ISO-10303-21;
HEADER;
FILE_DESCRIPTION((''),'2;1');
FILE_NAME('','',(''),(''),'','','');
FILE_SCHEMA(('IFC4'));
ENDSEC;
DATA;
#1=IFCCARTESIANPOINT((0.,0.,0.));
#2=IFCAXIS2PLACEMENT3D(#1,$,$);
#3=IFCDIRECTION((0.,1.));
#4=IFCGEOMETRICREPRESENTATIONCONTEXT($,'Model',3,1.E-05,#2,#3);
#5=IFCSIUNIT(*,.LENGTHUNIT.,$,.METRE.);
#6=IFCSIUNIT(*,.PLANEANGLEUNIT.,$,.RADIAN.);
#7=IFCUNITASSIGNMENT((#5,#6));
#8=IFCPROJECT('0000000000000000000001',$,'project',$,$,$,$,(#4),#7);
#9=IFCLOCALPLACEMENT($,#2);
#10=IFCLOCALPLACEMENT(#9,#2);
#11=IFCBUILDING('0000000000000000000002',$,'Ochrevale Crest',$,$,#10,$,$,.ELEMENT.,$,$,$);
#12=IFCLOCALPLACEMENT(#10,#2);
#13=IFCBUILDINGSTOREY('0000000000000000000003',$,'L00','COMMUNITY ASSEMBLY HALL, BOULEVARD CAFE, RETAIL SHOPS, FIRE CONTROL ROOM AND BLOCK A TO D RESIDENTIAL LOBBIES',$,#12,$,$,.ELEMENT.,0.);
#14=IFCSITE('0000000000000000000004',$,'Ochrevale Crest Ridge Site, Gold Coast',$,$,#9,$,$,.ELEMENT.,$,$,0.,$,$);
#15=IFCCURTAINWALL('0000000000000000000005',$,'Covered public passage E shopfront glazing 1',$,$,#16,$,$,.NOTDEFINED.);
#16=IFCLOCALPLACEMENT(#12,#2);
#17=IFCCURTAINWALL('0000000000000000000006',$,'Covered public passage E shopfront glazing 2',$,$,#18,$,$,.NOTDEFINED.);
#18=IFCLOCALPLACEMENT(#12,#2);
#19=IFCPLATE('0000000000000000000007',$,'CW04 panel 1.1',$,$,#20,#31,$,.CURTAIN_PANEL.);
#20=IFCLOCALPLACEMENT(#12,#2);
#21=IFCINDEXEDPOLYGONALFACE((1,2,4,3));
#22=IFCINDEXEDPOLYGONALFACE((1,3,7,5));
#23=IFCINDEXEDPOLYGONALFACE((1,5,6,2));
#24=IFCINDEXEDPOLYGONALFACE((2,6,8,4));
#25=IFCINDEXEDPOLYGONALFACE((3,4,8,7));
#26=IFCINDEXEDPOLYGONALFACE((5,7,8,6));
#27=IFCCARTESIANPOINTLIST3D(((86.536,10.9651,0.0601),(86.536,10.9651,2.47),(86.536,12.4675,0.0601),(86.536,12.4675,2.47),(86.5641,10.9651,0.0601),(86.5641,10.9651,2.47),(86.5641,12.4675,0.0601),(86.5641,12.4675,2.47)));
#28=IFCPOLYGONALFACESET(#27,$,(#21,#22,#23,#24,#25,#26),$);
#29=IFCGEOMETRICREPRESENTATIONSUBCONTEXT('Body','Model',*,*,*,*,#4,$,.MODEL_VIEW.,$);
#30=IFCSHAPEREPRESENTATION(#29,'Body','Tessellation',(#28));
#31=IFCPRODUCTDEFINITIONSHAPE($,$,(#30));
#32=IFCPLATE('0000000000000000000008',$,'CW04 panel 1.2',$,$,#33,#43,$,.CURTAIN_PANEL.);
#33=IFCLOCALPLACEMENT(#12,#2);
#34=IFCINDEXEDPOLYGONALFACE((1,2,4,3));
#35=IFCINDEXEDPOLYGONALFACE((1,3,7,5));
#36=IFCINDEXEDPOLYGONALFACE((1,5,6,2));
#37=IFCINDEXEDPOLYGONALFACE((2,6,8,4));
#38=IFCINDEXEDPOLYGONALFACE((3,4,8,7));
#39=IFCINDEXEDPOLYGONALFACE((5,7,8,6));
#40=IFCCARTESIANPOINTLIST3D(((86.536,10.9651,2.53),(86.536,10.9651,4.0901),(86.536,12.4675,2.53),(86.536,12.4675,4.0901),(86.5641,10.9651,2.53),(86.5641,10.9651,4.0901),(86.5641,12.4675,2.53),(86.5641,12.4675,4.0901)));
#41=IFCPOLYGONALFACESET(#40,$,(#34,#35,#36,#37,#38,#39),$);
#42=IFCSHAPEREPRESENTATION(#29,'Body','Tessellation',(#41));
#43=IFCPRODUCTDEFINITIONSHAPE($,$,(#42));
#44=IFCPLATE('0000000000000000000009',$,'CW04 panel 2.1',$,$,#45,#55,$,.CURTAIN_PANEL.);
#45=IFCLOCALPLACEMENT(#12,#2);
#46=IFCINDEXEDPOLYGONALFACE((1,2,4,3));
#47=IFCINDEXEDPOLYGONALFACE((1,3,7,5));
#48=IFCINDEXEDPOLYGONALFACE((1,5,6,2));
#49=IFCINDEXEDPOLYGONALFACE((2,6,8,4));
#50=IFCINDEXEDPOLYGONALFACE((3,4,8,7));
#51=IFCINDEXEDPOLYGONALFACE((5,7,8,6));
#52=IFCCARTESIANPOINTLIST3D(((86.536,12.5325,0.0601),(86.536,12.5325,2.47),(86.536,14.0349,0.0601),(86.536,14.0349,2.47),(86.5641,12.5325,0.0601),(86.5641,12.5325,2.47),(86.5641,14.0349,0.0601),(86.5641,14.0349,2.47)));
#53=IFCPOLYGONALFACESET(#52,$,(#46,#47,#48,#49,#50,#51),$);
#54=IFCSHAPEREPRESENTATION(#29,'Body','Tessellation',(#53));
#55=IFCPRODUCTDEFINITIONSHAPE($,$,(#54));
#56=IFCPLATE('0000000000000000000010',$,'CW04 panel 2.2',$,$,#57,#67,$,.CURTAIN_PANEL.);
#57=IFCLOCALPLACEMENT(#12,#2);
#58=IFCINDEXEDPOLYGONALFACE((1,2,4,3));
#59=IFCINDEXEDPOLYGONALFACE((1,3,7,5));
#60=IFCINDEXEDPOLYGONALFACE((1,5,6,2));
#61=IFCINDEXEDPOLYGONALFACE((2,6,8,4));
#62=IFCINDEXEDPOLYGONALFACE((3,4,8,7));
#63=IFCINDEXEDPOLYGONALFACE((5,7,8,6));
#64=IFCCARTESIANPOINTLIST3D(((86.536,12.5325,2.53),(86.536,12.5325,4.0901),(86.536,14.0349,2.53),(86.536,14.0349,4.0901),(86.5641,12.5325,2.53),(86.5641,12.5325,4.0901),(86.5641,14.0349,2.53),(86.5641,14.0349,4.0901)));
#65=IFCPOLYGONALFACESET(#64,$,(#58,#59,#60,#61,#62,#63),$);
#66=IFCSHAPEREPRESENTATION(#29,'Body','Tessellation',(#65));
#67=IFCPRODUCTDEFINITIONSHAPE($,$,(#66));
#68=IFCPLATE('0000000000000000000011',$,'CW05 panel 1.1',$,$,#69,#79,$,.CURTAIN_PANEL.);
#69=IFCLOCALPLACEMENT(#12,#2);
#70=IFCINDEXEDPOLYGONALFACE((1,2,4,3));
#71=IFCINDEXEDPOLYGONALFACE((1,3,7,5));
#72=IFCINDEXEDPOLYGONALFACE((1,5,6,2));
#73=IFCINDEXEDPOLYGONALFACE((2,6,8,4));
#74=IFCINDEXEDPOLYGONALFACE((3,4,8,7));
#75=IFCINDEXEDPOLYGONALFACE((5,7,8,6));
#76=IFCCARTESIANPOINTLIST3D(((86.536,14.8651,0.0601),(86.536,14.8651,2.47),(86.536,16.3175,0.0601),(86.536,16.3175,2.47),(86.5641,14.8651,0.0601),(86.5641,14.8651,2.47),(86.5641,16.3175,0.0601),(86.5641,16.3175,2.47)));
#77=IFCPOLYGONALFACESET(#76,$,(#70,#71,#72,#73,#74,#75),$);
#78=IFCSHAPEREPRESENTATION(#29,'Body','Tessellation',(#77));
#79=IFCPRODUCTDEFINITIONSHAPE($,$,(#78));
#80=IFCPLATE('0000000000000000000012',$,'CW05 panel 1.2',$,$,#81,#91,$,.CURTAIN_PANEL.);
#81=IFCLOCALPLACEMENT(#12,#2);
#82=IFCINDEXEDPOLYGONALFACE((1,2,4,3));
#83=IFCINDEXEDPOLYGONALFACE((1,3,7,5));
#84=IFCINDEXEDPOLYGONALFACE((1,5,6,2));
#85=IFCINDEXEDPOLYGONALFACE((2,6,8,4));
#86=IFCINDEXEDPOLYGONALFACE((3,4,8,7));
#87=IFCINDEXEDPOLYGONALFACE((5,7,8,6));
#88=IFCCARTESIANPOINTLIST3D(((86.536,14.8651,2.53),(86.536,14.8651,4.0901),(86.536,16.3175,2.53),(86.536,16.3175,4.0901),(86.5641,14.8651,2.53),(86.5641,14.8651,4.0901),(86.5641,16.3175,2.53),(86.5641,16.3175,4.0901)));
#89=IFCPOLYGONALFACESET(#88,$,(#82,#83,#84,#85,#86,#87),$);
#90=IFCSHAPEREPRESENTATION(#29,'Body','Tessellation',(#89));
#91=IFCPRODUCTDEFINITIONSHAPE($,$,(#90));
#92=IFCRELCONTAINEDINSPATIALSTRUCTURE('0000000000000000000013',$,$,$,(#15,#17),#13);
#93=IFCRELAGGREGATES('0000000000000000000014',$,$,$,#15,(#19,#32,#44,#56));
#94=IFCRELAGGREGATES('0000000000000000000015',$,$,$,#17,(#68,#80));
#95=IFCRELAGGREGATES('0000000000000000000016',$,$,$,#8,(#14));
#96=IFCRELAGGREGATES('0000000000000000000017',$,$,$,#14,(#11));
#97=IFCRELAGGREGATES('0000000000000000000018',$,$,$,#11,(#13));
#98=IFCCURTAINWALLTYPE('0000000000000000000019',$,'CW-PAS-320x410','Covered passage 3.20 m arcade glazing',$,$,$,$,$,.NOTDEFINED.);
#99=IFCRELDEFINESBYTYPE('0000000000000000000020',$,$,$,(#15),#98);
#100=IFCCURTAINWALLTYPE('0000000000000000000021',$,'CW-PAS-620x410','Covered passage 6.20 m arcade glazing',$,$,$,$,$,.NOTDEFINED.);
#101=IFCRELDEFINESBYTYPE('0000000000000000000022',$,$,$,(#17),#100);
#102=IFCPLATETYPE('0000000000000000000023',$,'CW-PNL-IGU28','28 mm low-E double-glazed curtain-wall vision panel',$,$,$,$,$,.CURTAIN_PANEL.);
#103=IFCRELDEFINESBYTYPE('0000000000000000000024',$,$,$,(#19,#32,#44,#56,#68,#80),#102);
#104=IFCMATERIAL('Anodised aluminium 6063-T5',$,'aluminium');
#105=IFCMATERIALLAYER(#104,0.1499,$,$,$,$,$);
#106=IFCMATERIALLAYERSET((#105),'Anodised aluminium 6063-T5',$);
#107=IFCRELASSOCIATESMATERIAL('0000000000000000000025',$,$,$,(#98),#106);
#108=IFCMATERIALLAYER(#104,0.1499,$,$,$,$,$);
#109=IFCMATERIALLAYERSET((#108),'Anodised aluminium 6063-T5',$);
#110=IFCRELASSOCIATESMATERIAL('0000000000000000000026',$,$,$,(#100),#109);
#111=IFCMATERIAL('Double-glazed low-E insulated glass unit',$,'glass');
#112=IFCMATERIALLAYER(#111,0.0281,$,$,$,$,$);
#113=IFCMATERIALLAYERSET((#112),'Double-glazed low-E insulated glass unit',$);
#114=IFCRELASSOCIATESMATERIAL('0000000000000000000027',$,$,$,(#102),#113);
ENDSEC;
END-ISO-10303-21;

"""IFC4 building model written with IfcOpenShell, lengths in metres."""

from ifc_helpers import new_model, si_unit, direction, frame, origin, origin_2d, place, context, subcontext, project, spatial, rectangle, extrude, material, layer, layer_set, type_object, element, aggregate, save


model = new_model("IFC4")

# Units and contexts
model_context = context("Model", 3, precision=1e-05, world=origin(), true_north=direction((0.0, 1.0)))
body_context = subcontext(model_context, "Body", "Model", "MODEL_VIEW")
ifc_project = project(units=[si_unit("LENGTHUNIT", "METRE"), si_unit("PLANEANGLEUNIT", "RADIAN")], contexts=[model_context])

# Site, building, storey
site_placement = place(None, origin())
site = spatial("IfcSite", under=ifc_project, at=site_placement, Name="Ochrevale Crest Ridge Site, Gold Coast", CompositionType="ELEMENT", RefElevation=0.0)
building_placement = place(site_placement, origin())
building = spatial("IfcBuilding", under=site, at=building_placement, Name="Ochrevale Crest", CompositionType="ELEMENT")
storey_placement = place(building_placement, origin())
storey = spatial("IfcBuildingStorey", under=building, at=storey_placement, Name="L00", Description="COMMUNITY ASSEMBLY HALL, BOULEVARD CAFE, RETAIL SHOPS, FIRE CONTROL ROOM AND BLOCK A TO D RESIDENTIAL LOBBIES", CompositionType="ELEMENT", Elevation=0.0)

# Curtain walls
ifc_material_1 = material(Name="Anodised aluminium 6063-T5", Category="aluminium")
ifc_layer_1 = layer(ifc_material_1, 0.1499)
ifc_layer_set_1 = layer_set([ifc_layer_1], Name="Anodised aluminium 6063-T5")
curtain_wall_type_1 = type_object("IfcCurtainWallType", Name="CW-PAS-320x410", Description="Covered passage 3.20 m arcade glazing", PredefinedType="NOTDEFINED", material=ifc_layer_set_1)
curtain_wall_1_placement = place(storey_placement, origin())
curtain_wall_1 = element("IfcCurtainWall", 1, at=curtain_wall_1_placement, inside=storey, type_object=curtain_wall_type_1, Name="Covered public passage E shopfront glazing 1", PredefinedType="NOTDEFINED")
ifc_layer_2 = layer(ifc_material_1, 0.1499)
ifc_layer_set_2 = layer_set([ifc_layer_2], Name="Anodised aluminium 6063-T5")
curtain_wall_type_2 = type_object("IfcCurtainWallType", Name="CW-PAS-620x410", Description="Covered passage 6.20 m arcade glazing", PredefinedType="NOTDEFINED", material=ifc_layer_set_2)
curtain_wall_2_placement = place(storey_placement, origin())
curtain_wall_2 = element("IfcCurtainWall", 2, at=curtain_wall_2_placement, inside=storey, type_object=curtain_wall_type_2, Name="Covered public passage E shopfront glazing 2", PredefinedType="NOTDEFINED")

# Plates
ifc_material_2 = material(Name="Double-glazed low-E insulated glass unit", Category="glass")
ifc_layer_3 = layer(ifc_material_2, 0.0281)
ifc_layer_set_3 = layer_set([ifc_layer_3], Name="Double-glazed low-E insulated glass unit")
plate_type = type_object("IfcPlateType", Name="CW-PNL-IGU28", Description="28 mm low-E double-glazed curtain-wall vision panel", PredefinedType="CURTAIN_PANEL", material=ifc_layer_set_3)
plate_1_placement = place(storey_placement, frame((86.55, 11.7163, 0.0601), z_axis=(0.0, 0.0, 1.0), x_axis=(0.0, 1.0, 0.0)))
plate_1 = element("IfcPlate", 3, at=plate_1_placement, type_object=plate_type, Name="CW04 panel 1.1", PredefinedType="CURTAIN_PANEL", context=body_context, shape_type="SweptSolid", body=[
    extrude(rectangle(XDim=1.5024, YDim=0.0281, at=origin_2d()), origin(), (0.0, 0.0, 1.0), 2.4099),
])
plate_2_placement = place(storey_placement, frame((86.55, 11.7163, 2.53), z_axis=(0.0, 0.0, 1.0), x_axis=(0.0, 1.0, 0.0)))
plate_2 = element("IfcPlate", 4, at=plate_2_placement, type_object=plate_type, Name="CW04 panel 1.2", PredefinedType="CURTAIN_PANEL", context=body_context, shape_type="SweptSolid", body=[
    extrude(rectangle(XDim=1.5024, YDim=0.0281, at=origin_2d()), origin(), (0.0, 0.0, 1.0), 1.5601),
])
plate_3_placement = place(storey_placement, frame((86.55, 13.2837, 0.0601), z_axis=(0.0, 0.0, 1.0), x_axis=(0.0, 1.0, 0.0)))
plate_3 = element("IfcPlate", 5, at=plate_3_placement, type_object=plate_type, Name="CW04 panel 2.1", PredefinedType="CURTAIN_PANEL", context=body_context, shape_type="SweptSolid", body=[
    extrude(rectangle(XDim=1.5024, YDim=0.0281, at=origin_2d()), origin(), (0.0, 0.0, 1.0), 2.4099),
])
plate_4_placement = place(storey_placement, frame((86.55, 13.2837, 2.53), z_axis=(0.0, 0.0, 1.0), x_axis=(0.0, 1.0, 0.0)))
plate_4 = element("IfcPlate", 6, at=plate_4_placement, type_object=plate_type, Name="CW04 panel 2.2", PredefinedType="CURTAIN_PANEL", context=body_context, shape_type="SweptSolid", body=[
    extrude(rectangle(XDim=1.5024, YDim=0.0281, at=origin_2d()), origin(), (0.0, 0.0, 1.0), 1.5601),
])
aggregate(curtain_wall_1, [plate_1, plate_2, plate_3, plate_4])
plate_5_placement = place(storey_placement, frame((86.55, 15.5913, 0.0601), z_axis=(0.0, 0.0, 1.0), x_axis=(0.0, 1.0, 0.0)))
plate_5 = element("IfcPlate", 7, at=plate_5_placement, type_object=plate_type, Name="CW05 panel 1.1", PredefinedType="CURTAIN_PANEL", context=body_context, shape_type="SweptSolid", body=[
    extrude(rectangle(XDim=1.4524, YDim=0.0281, at=origin_2d()), origin(), (0.0, 0.0, 1.0), 2.4099),
])
plate_6_placement = place(storey_placement, frame((86.55, 15.5913, 2.53), z_axis=(0.0, 0.0, 1.0), x_axis=(0.0, 1.0, 0.0)))
plate_6 = element("IfcPlate", 8, at=plate_6_placement, type_object=plate_type, Name="CW05 panel 1.2", PredefinedType="CURTAIN_PANEL", context=body_context, shape_type="SweptSolid", body=[
    extrude(rectangle(XDim=1.4524, YDim=0.0281, at=origin_2d()), origin(), (0.0, 0.0, 1.0), 1.5601),
])
aggregate(curtain_wall_2, [plate_5, plate_6])

save(model, "model.ifc")
